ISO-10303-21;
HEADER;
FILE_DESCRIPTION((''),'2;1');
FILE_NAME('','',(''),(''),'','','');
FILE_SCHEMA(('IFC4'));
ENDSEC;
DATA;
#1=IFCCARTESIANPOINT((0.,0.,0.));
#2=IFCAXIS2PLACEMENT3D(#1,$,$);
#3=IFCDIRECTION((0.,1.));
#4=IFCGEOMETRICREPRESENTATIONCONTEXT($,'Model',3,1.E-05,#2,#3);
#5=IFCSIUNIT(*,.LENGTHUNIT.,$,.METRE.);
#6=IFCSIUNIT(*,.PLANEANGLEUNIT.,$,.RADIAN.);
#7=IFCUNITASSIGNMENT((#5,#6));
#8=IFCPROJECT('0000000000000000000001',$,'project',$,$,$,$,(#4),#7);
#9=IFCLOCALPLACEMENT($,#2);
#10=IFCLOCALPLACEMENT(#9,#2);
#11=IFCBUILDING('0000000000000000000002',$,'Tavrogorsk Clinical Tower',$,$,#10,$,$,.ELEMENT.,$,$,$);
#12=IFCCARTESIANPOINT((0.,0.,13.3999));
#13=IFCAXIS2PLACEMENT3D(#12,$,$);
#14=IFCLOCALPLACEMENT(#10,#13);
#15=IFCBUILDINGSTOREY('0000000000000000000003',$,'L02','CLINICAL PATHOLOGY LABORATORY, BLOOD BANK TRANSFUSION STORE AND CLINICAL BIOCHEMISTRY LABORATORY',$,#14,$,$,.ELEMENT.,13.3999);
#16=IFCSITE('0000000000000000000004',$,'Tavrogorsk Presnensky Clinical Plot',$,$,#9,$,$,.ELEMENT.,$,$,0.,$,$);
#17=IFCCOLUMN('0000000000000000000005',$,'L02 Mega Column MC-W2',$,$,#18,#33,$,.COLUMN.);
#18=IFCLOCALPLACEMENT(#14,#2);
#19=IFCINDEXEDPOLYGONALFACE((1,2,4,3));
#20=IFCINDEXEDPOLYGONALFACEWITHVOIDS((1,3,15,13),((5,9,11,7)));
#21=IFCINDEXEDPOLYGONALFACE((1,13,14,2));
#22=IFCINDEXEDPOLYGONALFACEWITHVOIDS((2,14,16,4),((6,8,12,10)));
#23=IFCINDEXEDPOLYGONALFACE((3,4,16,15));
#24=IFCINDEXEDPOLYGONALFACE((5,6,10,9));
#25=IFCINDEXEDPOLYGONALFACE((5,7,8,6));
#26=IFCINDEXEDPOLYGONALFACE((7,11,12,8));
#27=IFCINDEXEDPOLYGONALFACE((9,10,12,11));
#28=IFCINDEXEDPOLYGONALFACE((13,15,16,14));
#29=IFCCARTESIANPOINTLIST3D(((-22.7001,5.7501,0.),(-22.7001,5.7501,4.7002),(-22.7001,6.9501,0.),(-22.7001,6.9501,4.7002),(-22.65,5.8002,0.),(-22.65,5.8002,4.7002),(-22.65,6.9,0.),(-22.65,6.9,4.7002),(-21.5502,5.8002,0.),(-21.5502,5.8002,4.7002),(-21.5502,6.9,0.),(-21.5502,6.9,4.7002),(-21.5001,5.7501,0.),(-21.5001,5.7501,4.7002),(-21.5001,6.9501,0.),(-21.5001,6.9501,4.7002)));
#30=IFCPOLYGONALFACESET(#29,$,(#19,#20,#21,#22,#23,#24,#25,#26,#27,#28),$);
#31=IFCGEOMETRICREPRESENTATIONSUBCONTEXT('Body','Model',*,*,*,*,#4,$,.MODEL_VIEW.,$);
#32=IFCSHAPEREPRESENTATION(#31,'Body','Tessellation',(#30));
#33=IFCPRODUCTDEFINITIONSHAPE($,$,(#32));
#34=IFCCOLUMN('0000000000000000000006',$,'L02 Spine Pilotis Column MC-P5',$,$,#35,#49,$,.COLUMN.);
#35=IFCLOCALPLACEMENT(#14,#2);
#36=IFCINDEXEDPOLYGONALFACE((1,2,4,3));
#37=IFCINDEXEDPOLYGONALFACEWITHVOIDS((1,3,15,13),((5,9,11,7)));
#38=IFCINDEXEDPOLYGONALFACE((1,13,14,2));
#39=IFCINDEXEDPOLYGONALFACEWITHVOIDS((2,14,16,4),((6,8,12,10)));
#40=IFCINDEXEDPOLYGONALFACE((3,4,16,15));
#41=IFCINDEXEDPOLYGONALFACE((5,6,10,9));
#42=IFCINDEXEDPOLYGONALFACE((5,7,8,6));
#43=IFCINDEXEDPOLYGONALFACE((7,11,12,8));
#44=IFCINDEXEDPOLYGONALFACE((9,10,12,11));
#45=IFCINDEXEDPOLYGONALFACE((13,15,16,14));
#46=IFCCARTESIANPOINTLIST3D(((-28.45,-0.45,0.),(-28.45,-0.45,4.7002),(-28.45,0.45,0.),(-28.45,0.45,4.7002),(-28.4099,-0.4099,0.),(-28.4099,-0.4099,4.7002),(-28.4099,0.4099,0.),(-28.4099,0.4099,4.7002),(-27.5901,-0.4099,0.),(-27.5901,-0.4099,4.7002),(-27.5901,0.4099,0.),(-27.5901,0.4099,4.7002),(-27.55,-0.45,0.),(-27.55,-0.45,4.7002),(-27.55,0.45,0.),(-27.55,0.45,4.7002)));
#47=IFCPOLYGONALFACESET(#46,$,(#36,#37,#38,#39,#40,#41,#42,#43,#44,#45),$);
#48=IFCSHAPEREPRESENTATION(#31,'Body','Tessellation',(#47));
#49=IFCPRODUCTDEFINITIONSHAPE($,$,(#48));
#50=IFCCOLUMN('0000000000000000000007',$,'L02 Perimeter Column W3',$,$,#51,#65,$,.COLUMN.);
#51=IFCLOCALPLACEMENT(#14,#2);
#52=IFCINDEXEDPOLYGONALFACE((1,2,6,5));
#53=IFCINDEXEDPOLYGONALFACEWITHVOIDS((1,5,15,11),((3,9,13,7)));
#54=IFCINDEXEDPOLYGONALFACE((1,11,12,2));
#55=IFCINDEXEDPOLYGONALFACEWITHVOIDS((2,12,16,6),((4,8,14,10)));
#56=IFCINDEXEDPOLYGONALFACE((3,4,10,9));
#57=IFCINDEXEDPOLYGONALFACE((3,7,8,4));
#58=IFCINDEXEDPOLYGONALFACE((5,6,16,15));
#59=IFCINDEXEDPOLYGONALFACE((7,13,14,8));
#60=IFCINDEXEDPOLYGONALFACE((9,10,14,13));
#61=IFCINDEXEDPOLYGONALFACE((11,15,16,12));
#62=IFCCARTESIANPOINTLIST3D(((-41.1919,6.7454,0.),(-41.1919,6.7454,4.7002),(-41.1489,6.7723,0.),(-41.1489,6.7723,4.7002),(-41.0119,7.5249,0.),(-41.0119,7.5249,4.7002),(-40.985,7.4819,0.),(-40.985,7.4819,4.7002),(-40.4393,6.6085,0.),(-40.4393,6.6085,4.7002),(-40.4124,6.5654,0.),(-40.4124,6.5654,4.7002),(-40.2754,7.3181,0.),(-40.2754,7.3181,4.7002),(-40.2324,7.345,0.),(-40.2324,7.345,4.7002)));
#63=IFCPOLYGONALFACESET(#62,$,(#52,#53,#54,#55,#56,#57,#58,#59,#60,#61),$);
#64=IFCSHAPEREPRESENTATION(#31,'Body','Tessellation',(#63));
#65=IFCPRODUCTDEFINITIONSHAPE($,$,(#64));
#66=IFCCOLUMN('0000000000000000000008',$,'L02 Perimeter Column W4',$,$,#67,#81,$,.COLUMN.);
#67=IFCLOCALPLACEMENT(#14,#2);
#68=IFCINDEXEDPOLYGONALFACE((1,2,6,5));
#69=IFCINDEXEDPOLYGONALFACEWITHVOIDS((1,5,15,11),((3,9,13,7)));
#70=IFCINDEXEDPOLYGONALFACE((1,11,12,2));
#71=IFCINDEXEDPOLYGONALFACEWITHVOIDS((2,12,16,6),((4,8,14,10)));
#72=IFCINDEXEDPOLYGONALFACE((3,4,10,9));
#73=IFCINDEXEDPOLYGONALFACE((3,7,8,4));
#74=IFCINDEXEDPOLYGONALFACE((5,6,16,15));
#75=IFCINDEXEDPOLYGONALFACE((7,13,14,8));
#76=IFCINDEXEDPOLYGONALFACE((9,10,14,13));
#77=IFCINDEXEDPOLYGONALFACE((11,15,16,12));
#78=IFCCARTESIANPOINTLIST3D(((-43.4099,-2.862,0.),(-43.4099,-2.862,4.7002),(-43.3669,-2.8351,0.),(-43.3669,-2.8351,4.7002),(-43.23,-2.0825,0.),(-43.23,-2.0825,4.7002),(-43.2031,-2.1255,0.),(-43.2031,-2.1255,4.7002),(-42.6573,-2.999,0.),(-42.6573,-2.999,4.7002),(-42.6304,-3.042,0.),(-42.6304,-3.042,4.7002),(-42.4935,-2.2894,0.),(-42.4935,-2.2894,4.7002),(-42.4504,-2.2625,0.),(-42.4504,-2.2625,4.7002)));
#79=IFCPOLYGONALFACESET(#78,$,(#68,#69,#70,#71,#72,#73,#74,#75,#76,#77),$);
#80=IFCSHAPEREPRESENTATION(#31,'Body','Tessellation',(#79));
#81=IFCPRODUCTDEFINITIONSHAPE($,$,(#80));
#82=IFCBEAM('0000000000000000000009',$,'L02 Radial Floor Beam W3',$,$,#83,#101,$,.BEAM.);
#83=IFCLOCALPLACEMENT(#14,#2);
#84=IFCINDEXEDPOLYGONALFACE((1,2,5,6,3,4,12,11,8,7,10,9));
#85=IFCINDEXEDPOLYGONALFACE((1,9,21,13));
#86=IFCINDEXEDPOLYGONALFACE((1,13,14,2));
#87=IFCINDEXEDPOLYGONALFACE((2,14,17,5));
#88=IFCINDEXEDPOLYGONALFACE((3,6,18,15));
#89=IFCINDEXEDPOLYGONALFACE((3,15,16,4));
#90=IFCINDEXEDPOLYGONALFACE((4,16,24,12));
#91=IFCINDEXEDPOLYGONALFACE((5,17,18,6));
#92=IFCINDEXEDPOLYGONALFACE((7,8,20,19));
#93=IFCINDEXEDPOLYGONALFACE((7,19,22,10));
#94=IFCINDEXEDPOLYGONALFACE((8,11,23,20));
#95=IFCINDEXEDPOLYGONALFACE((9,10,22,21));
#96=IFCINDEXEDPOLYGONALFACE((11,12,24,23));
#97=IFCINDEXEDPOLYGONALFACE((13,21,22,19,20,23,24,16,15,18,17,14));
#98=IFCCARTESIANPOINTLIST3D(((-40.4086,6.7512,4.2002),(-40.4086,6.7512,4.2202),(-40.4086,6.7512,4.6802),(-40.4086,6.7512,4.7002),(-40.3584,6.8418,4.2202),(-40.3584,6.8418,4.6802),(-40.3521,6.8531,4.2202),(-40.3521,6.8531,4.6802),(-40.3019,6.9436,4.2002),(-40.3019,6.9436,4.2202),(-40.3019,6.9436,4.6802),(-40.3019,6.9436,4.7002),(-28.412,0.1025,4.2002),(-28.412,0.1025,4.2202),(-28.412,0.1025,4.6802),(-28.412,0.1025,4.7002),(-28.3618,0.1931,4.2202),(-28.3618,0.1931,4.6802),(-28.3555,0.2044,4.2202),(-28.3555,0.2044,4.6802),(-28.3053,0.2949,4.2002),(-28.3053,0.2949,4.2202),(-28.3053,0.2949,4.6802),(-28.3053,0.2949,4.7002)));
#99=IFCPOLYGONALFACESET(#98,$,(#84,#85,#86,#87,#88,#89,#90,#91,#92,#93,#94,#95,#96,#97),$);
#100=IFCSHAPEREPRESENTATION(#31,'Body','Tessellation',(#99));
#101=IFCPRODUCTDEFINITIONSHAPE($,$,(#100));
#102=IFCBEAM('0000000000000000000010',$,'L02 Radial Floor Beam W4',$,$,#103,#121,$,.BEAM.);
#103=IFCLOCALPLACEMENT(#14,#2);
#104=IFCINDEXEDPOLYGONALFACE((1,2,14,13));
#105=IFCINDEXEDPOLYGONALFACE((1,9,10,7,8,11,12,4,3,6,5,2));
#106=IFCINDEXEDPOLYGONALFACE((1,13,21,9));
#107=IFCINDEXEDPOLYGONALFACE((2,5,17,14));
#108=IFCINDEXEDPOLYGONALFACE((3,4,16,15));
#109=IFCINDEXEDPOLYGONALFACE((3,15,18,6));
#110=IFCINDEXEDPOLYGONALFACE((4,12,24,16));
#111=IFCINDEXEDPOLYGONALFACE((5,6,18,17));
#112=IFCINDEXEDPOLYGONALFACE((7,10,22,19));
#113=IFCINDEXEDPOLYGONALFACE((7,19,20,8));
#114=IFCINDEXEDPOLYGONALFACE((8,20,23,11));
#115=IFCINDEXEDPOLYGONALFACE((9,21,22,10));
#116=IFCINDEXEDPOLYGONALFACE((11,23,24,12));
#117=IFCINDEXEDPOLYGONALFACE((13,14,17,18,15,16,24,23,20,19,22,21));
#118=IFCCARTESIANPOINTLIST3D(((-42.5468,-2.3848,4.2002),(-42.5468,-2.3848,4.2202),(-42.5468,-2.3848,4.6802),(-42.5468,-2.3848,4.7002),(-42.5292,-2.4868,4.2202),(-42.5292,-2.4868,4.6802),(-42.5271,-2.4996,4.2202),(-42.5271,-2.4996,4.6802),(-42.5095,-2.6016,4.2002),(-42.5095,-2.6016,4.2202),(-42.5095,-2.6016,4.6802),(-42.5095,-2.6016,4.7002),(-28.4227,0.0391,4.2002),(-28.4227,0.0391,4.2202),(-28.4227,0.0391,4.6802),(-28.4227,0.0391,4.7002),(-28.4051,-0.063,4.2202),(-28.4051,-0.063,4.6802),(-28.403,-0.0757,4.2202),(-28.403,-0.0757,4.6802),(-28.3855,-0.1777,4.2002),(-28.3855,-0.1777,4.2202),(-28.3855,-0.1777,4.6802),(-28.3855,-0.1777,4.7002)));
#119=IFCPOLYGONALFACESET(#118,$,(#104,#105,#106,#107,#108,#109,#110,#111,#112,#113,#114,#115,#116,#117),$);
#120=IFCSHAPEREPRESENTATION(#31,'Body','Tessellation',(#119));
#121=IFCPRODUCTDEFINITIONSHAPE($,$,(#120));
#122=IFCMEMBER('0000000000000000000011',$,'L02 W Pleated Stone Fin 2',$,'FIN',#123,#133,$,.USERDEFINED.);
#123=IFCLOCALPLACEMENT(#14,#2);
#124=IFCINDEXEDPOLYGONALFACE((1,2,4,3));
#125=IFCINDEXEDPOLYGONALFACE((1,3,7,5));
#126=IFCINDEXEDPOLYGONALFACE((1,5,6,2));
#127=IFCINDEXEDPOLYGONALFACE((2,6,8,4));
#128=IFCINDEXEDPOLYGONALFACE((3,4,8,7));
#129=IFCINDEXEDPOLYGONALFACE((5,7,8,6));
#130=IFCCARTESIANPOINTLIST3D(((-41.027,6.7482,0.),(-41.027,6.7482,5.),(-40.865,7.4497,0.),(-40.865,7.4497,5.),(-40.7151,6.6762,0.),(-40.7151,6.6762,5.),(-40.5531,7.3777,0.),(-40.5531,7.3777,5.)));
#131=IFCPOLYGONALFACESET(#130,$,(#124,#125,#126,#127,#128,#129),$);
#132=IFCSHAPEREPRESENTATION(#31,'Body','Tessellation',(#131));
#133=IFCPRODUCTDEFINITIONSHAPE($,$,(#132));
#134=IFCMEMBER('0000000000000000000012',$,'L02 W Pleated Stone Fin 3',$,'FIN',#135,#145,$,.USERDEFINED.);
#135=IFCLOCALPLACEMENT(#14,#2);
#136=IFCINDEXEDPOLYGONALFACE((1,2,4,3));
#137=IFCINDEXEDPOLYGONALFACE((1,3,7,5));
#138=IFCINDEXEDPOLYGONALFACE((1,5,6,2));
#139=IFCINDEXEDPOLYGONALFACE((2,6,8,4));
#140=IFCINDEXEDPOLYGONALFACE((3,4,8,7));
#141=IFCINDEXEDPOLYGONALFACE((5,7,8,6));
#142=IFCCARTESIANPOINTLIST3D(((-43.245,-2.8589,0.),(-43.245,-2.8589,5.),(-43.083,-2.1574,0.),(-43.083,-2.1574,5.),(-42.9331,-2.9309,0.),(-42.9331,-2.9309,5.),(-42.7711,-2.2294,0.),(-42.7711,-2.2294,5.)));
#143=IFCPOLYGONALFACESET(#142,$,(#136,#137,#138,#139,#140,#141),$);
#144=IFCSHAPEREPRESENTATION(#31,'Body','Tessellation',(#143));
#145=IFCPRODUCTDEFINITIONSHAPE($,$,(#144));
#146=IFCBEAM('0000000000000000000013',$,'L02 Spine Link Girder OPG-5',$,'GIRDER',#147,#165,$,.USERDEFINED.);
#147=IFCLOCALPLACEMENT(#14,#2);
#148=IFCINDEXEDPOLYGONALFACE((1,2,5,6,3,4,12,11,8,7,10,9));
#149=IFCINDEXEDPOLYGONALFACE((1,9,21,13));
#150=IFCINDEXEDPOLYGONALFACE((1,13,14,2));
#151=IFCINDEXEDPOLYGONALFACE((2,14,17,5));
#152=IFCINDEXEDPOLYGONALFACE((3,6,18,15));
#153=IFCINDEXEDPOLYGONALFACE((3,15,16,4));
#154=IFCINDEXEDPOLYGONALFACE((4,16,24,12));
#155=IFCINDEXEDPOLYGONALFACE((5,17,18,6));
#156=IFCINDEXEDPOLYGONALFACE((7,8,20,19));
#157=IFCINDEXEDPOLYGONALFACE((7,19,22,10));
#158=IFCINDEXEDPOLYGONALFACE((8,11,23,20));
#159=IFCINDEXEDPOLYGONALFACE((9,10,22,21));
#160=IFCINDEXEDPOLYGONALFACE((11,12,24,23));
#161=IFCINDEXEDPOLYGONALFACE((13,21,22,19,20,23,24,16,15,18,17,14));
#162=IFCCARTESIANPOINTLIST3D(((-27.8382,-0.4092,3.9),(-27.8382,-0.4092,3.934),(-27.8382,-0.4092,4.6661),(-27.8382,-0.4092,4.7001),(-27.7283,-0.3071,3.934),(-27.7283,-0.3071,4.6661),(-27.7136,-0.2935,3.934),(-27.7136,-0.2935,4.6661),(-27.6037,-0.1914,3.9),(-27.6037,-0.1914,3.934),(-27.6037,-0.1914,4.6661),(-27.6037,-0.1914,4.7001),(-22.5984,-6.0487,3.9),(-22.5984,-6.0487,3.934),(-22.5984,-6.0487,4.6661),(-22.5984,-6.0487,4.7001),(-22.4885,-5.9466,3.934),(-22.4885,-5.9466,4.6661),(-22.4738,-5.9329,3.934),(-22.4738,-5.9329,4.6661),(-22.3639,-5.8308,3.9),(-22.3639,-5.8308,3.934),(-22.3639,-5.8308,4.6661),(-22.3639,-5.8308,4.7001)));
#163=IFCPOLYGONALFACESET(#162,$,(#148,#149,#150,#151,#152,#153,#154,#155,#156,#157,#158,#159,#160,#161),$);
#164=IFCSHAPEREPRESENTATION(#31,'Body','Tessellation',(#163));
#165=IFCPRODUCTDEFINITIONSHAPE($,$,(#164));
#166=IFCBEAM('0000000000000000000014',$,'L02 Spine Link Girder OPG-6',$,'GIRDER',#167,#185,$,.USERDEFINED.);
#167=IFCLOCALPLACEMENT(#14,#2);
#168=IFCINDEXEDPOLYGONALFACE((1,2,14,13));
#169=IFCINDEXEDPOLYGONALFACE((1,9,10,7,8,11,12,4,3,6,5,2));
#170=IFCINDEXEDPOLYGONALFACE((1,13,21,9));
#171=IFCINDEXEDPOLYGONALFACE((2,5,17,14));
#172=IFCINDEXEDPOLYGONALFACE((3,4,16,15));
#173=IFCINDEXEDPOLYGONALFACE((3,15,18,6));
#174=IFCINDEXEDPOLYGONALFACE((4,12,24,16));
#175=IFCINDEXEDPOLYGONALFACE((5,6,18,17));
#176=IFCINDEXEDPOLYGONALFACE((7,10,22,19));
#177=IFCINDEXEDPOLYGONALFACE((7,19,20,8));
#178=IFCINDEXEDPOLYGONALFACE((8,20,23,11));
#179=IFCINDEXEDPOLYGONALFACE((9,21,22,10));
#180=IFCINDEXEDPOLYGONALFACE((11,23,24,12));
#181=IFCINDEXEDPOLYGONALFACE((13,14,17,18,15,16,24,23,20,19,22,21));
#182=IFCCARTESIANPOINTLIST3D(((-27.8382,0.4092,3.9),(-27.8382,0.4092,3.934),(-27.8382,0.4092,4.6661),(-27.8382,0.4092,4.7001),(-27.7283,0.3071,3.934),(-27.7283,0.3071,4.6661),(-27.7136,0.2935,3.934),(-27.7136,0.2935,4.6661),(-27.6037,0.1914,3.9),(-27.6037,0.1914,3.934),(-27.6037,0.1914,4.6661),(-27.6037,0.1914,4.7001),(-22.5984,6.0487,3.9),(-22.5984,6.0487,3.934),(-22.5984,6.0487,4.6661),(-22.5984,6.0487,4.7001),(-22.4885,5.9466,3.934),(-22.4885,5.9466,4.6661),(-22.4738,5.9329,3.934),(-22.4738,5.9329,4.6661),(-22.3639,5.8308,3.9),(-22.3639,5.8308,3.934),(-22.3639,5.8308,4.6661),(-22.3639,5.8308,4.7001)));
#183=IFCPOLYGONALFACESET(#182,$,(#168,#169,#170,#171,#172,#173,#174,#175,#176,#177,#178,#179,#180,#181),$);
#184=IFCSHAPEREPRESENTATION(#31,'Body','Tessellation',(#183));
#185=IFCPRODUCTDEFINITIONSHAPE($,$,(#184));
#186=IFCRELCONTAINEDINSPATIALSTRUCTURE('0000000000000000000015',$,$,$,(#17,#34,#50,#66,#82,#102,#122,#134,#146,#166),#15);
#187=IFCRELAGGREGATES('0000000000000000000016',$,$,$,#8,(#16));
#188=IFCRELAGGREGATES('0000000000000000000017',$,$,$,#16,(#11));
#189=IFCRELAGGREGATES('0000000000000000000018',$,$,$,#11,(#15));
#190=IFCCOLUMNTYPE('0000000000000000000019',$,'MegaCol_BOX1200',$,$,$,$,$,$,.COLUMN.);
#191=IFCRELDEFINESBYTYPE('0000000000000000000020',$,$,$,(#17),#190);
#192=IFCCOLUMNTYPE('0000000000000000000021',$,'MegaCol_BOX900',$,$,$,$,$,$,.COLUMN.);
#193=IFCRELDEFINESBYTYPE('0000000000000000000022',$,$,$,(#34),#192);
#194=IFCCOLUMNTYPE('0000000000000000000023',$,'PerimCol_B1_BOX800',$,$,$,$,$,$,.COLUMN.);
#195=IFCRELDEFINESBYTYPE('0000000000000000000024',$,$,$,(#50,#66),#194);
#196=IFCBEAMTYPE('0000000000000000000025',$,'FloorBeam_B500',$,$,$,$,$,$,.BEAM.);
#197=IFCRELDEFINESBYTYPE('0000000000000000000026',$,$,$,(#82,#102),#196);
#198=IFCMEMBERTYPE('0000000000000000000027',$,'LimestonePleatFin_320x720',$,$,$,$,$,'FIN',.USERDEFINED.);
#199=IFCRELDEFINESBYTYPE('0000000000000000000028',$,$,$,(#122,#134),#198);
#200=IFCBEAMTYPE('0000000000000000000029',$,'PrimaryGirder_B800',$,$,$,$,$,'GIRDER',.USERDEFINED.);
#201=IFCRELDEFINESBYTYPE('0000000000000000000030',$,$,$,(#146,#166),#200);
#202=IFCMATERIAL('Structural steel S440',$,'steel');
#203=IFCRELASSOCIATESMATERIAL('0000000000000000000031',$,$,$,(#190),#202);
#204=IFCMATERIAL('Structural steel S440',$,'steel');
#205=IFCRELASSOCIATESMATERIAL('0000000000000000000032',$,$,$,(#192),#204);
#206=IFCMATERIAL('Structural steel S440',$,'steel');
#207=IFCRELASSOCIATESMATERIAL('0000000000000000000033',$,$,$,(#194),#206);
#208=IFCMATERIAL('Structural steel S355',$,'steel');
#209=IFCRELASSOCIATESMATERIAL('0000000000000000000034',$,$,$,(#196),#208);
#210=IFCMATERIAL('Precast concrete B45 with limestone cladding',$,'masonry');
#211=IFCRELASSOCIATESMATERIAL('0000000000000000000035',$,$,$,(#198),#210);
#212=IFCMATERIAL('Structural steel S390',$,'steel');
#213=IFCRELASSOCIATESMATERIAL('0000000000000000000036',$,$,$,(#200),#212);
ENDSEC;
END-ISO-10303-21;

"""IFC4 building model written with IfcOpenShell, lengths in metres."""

from ifc_helpers import new_model, si_unit, direction, frame, origin, origin_2d, place, context, subcontext, project, spatial, rectangle, hollow_rectangle, i_section, extrude, material, material_profile, profile_set, type_object, element, save


model = new_model("IFC4")

# Units and contexts
model_context = context("Model", 3, precision=1e-05, world=origin(), true_north=direction((0.0, 1.0)))
body_context = subcontext(model_context, "Body", "Model", "MODEL_VIEW")
ifc_project = project(units=[si_unit("LENGTHUNIT", "METRE"), si_unit("PLANEANGLEUNIT", "RADIAN")], contexts=[model_context])

# Site, building, storey
site_placement = place(None, origin())
site = spatial("IfcSite", under=ifc_project, at=site_placement, Name="Tavrogorsk Presnensky Clinical Plot", CompositionType="ELEMENT", RefElevation=0.0)
building_placement = place(site_placement, origin())
building = spatial("IfcBuilding", under=site, at=building_placement, Name="Tavrogorsk Clinical Tower", CompositionType="ELEMENT")
storey_placement = place(building_placement, frame((0.0, 0.0, 13.3999)))
storey = spatial("IfcBuildingStorey", under=building, at=storey_placement, Name="L02", Description="CLINICAL PATHOLOGY LABORATORY, BLOOD BANK TRANSFUSION STORE AND CLINICAL BIOCHEMISTRY LABORATORY", CompositionType="ELEMENT", Elevation=13.3999)

# Columns
ifc_material_1 = material(Name="Structural steel S440", Category="steel")
ifc_material_profile_1 = material_profile(ifc_material_1, hollow_rectangle(XDim=1.2, YDim=1.2, WallThickness=0.05, at=origin_2d()), Name="BOX-1200x1200x50")
ifc_profile_set_1 = profile_set([ifc_material_profile_1], Name="Structural steel S440")
column_type_1 = type_object("IfcColumnType", Name="MegaCol_BOX1200", PredefinedType="COLUMN", material=ifc_profile_set_1)
column_1_placement = place(storey_placement, frame((-22.1001, 6.3501, 0.0), z_axis=(0.0, 0.0, 1.0), x_axis=(1.0, 0.0, 0.0)))
element("IfcColumn", 1, at=column_1_placement, inside=storey, type_object=column_type_1, Name="L02 Mega Column MC-W2", PredefinedType="COLUMN", context=body_context, shape_type="SweptSolid", body=[
    extrude(hollow_rectangle(XDim=1.2, YDim=1.2, WallThickness=0.05, at=origin_2d()), origin(), (0.0, 0.0, 1.0), 4.7002),
])
ifc_material_2 = material(Name="Structural steel S440", Category="steel")
ifc_material_profile_2 = material_profile(ifc_material_2, hollow_rectangle(XDim=0.8999, YDim=0.8999, WallThickness=0.04, at=origin_2d()), Name="BOX-900x900x40")
ifc_profile_set_2 = profile_set([ifc_material_profile_2], Name="Structural steel S440")
column_type_2 = type_object("IfcColumnType", Name="MegaCol_BOX900", PredefinedType="COLUMN", material=ifc_profile_set_2)
column_2_placement = place(storey_placement, frame((-28.0, 0.0, 0.0), z_axis=(0.0, 0.0, 1.0), x_axis=(1.0, 0.0, 0.0)))
element("IfcColumn", 2, at=column_2_placement, inside=storey, type_object=column_type_2, Name="L02 Spine Pilotis Column MC-P5", PredefinedType="COLUMN", context=body_context, shape_type="SweptSolid", body=[
    extrude(hollow_rectangle(XDim=0.8999, YDim=0.8999, WallThickness=0.04, at=origin_2d()), origin(), (0.0, 0.0, 1.0), 4.7002),
])
ifc_material_3 = material(Name="Structural steel S440", Category="steel")
ifc_material_profile_3 = material_profile(ifc_material_3, hollow_rectangle(XDim=0.8, YDim=0.8, WallThickness=0.0359, at=origin_2d()), Name="BOX-800x800x36")
ifc_profile_set_3 = profile_set([ifc_material_profile_3], Name="Structural steel S440")
column_type_3 = type_object("IfcColumnType", Name="PerimCol_B1_BOX800", PredefinedType="COLUMN", material=ifc_profile_set_3)
for number, where, z_axis, x_axis, name in (
    (3, (-40.7122, 7.0452, 0.0), (0.0, 0.0, 1.0), (0.97437, -0.224951, 0.0), "L02 Perimeter Column W3"),
    (4, (-42.9302, -2.5623, 0.0), (0.0, 0.0, 1.0), (0.97437, -0.224951, 0.0), "L02 Perimeter Column W4"),
):
    element("IfcColumn", number, at=place(storey_placement, frame(where, z_axis=z_axis, x_axis=x_axis)), inside=storey, type_object=column_type_3, Name=name, PredefinedType="COLUMN", context=body_context, shape_type="SweptSolid", body=[
        extrude(hollow_rectangle(XDim=0.8, YDim=0.8, WallThickness=0.0359, at=origin_2d()), origin(), (0.0, 0.0, 1.0), 4.7002),
    ])

# Beams
ifc_material_4 = material(Name="Structural steel S355", Category="steel")
ifc_material_profile_4 = material_profile(ifc_material_4, i_section(OverallWidth=0.22, OverallDepth=0.5, WebThickness=0.0129, FlangeThickness=0.02, at=origin_2d()), Name="B-500x220x13x20")
ifc_profile_set_4 = profile_set([ifc_material_profile_4], Name="Structural steel S355")
beam_type_1 = type_object("IfcBeamType", Name="FloorBeam_B500", PredefinedType="BEAM", material=ifc_profile_set_4)
beam_1_placement = place(storey_placement, frame((-28.3586, 0.1987, 4.4502), z_axis=(-0.874655, 0.484746, 0.0), x_axis=(-0.484746, -0.874655, 0.0)))
element("IfcBeam", 5, at=beam_1_placement, inside=storey, type_object=beam_type_1, Name="L02 Radial Floor Beam W3", PredefinedType="BEAM", context=body_context, shape_type="SweptSolid", body=[
    extrude(i_section(OverallWidth=0.22, OverallDepth=0.5, WebThickness=0.0129, FlangeThickness=0.02, at=origin_2d()), origin(), (0.0, 0.0, 1.0), 13.7158),
])
beam_2_placement = place(storey_placement, frame((-28.4041, -0.0693, 4.4502), z_axis=(-0.985592, -0.169138, 0.0), x_axis=(0.169138, -0.985592, 0.0)))
element("IfcBeam", 6, at=beam_2_placement, inside=storey, type_object=beam_type_1, Name="L02 Radial Floor Beam W4", PredefinedType="BEAM", context=body_context, shape_type="SweptSolid", body=[
    extrude(i_section(OverallWidth=0.22, OverallDepth=0.5, WebThickness=0.0129, FlangeThickness=0.02, at=origin_2d()), origin(), (0.0, 0.0, 1.0), 14.3306),
])

# Members
ifc_material_5 = material(Name="Precast concrete B45 with limestone cladding", Category="masonry")
ifc_material_profile_5 = material_profile(ifc_material_5, rectangle(XDim=0.3201, YDim=0.72, at=origin_2d()), Name="LIMESTONE-FIN-320x720")
ifc_profile_set_5 = profile_set([ifc_material_profile_5], Name="Precast concrete B45 with limestone cladding")
member_type = type_object("IfcMemberType", Name="LimestonePleatFin_320x720", ElementType="FIN", PredefinedType="USERDEFINED", material=ifc_profile_set_5)
for number, where, z_axis, x_axis, name in (
    (7, (-40.79, 7.063, 0.0), (0.0, 0.0, 1.0), (0.97437, -0.224951, 0.0), "L02 W Pleated Stone Fin 2"),
    (8, (-43.0081, -2.5442, 0.0), (0.0, 0.0, 1.0), (0.97437, -0.224951, 0.0), "L02 W Pleated Stone Fin 3"),
):
    element("IfcMember", number, at=place(storey_placement, frame(where, z_axis=z_axis, x_axis=x_axis)), inside=storey, type_object=member_type, Name=name, ObjectType="FIN", PredefinedType="USERDEFINED", context=body_context, shape_type="SweptSolid", body=[
        extrude(rectangle(XDim=0.3201, YDim=0.72, at=origin_2d()), origin(), (0.0, 0.0, 1.0), 5.0),
    ])

# Beams
ifc_material_6 = material(Name="Structural steel S390", Category="steel")
ifc_material_profile_6 = material_profile(ifc_material_6, i_section(OverallWidth=0.3201, OverallDepth=0.8, WebThickness=0.02, FlangeThickness=0.0339, at=origin_2d()), Name="B-800x320x20x34")
ifc_profile_set_6 = profile_set([ifc_material_profile_6], Name="Structural steel S390")
beam_type_2 = type_object("IfcBeamType", Name="PrimaryGirder_B800", ElementType="GIRDER", PredefinedType="USERDEFINED", material=ifc_profile_set_6)
for number, where, z_axis, x_axis, name in (
    (9, (-27.7209, -0.3003, 4.3), (0.680671, -0.732589, 0.0), (0.732589, 0.680671, 0.0), "L02 Spine Link Girder OPG-5"),
    (10, (-27.7209, 0.3003, 4.3), (0.680671, 0.732589, 0.0), (-0.732589, 0.680671, 0.0), "L02 Spine Link Girder OPG-6"),
):
    element("IfcBeam", number, at=place(storey_placement, frame(where, z_axis=z_axis, x_axis=x_axis)), inside=storey, type_object=beam_type_2, Name=name, ObjectType="GIRDER", PredefinedType="USERDEFINED", context=body_context, shape_type="SweptSolid", body=[
        extrude(i_section(OverallWidth=0.3201, OverallDepth=0.8, WebThickness=0.02, FlangeThickness=0.0339, at=origin_2d()), origin(), (0.0, 0.0, 1.0), 7.698),
    ])

save(model, "model.ifc")
